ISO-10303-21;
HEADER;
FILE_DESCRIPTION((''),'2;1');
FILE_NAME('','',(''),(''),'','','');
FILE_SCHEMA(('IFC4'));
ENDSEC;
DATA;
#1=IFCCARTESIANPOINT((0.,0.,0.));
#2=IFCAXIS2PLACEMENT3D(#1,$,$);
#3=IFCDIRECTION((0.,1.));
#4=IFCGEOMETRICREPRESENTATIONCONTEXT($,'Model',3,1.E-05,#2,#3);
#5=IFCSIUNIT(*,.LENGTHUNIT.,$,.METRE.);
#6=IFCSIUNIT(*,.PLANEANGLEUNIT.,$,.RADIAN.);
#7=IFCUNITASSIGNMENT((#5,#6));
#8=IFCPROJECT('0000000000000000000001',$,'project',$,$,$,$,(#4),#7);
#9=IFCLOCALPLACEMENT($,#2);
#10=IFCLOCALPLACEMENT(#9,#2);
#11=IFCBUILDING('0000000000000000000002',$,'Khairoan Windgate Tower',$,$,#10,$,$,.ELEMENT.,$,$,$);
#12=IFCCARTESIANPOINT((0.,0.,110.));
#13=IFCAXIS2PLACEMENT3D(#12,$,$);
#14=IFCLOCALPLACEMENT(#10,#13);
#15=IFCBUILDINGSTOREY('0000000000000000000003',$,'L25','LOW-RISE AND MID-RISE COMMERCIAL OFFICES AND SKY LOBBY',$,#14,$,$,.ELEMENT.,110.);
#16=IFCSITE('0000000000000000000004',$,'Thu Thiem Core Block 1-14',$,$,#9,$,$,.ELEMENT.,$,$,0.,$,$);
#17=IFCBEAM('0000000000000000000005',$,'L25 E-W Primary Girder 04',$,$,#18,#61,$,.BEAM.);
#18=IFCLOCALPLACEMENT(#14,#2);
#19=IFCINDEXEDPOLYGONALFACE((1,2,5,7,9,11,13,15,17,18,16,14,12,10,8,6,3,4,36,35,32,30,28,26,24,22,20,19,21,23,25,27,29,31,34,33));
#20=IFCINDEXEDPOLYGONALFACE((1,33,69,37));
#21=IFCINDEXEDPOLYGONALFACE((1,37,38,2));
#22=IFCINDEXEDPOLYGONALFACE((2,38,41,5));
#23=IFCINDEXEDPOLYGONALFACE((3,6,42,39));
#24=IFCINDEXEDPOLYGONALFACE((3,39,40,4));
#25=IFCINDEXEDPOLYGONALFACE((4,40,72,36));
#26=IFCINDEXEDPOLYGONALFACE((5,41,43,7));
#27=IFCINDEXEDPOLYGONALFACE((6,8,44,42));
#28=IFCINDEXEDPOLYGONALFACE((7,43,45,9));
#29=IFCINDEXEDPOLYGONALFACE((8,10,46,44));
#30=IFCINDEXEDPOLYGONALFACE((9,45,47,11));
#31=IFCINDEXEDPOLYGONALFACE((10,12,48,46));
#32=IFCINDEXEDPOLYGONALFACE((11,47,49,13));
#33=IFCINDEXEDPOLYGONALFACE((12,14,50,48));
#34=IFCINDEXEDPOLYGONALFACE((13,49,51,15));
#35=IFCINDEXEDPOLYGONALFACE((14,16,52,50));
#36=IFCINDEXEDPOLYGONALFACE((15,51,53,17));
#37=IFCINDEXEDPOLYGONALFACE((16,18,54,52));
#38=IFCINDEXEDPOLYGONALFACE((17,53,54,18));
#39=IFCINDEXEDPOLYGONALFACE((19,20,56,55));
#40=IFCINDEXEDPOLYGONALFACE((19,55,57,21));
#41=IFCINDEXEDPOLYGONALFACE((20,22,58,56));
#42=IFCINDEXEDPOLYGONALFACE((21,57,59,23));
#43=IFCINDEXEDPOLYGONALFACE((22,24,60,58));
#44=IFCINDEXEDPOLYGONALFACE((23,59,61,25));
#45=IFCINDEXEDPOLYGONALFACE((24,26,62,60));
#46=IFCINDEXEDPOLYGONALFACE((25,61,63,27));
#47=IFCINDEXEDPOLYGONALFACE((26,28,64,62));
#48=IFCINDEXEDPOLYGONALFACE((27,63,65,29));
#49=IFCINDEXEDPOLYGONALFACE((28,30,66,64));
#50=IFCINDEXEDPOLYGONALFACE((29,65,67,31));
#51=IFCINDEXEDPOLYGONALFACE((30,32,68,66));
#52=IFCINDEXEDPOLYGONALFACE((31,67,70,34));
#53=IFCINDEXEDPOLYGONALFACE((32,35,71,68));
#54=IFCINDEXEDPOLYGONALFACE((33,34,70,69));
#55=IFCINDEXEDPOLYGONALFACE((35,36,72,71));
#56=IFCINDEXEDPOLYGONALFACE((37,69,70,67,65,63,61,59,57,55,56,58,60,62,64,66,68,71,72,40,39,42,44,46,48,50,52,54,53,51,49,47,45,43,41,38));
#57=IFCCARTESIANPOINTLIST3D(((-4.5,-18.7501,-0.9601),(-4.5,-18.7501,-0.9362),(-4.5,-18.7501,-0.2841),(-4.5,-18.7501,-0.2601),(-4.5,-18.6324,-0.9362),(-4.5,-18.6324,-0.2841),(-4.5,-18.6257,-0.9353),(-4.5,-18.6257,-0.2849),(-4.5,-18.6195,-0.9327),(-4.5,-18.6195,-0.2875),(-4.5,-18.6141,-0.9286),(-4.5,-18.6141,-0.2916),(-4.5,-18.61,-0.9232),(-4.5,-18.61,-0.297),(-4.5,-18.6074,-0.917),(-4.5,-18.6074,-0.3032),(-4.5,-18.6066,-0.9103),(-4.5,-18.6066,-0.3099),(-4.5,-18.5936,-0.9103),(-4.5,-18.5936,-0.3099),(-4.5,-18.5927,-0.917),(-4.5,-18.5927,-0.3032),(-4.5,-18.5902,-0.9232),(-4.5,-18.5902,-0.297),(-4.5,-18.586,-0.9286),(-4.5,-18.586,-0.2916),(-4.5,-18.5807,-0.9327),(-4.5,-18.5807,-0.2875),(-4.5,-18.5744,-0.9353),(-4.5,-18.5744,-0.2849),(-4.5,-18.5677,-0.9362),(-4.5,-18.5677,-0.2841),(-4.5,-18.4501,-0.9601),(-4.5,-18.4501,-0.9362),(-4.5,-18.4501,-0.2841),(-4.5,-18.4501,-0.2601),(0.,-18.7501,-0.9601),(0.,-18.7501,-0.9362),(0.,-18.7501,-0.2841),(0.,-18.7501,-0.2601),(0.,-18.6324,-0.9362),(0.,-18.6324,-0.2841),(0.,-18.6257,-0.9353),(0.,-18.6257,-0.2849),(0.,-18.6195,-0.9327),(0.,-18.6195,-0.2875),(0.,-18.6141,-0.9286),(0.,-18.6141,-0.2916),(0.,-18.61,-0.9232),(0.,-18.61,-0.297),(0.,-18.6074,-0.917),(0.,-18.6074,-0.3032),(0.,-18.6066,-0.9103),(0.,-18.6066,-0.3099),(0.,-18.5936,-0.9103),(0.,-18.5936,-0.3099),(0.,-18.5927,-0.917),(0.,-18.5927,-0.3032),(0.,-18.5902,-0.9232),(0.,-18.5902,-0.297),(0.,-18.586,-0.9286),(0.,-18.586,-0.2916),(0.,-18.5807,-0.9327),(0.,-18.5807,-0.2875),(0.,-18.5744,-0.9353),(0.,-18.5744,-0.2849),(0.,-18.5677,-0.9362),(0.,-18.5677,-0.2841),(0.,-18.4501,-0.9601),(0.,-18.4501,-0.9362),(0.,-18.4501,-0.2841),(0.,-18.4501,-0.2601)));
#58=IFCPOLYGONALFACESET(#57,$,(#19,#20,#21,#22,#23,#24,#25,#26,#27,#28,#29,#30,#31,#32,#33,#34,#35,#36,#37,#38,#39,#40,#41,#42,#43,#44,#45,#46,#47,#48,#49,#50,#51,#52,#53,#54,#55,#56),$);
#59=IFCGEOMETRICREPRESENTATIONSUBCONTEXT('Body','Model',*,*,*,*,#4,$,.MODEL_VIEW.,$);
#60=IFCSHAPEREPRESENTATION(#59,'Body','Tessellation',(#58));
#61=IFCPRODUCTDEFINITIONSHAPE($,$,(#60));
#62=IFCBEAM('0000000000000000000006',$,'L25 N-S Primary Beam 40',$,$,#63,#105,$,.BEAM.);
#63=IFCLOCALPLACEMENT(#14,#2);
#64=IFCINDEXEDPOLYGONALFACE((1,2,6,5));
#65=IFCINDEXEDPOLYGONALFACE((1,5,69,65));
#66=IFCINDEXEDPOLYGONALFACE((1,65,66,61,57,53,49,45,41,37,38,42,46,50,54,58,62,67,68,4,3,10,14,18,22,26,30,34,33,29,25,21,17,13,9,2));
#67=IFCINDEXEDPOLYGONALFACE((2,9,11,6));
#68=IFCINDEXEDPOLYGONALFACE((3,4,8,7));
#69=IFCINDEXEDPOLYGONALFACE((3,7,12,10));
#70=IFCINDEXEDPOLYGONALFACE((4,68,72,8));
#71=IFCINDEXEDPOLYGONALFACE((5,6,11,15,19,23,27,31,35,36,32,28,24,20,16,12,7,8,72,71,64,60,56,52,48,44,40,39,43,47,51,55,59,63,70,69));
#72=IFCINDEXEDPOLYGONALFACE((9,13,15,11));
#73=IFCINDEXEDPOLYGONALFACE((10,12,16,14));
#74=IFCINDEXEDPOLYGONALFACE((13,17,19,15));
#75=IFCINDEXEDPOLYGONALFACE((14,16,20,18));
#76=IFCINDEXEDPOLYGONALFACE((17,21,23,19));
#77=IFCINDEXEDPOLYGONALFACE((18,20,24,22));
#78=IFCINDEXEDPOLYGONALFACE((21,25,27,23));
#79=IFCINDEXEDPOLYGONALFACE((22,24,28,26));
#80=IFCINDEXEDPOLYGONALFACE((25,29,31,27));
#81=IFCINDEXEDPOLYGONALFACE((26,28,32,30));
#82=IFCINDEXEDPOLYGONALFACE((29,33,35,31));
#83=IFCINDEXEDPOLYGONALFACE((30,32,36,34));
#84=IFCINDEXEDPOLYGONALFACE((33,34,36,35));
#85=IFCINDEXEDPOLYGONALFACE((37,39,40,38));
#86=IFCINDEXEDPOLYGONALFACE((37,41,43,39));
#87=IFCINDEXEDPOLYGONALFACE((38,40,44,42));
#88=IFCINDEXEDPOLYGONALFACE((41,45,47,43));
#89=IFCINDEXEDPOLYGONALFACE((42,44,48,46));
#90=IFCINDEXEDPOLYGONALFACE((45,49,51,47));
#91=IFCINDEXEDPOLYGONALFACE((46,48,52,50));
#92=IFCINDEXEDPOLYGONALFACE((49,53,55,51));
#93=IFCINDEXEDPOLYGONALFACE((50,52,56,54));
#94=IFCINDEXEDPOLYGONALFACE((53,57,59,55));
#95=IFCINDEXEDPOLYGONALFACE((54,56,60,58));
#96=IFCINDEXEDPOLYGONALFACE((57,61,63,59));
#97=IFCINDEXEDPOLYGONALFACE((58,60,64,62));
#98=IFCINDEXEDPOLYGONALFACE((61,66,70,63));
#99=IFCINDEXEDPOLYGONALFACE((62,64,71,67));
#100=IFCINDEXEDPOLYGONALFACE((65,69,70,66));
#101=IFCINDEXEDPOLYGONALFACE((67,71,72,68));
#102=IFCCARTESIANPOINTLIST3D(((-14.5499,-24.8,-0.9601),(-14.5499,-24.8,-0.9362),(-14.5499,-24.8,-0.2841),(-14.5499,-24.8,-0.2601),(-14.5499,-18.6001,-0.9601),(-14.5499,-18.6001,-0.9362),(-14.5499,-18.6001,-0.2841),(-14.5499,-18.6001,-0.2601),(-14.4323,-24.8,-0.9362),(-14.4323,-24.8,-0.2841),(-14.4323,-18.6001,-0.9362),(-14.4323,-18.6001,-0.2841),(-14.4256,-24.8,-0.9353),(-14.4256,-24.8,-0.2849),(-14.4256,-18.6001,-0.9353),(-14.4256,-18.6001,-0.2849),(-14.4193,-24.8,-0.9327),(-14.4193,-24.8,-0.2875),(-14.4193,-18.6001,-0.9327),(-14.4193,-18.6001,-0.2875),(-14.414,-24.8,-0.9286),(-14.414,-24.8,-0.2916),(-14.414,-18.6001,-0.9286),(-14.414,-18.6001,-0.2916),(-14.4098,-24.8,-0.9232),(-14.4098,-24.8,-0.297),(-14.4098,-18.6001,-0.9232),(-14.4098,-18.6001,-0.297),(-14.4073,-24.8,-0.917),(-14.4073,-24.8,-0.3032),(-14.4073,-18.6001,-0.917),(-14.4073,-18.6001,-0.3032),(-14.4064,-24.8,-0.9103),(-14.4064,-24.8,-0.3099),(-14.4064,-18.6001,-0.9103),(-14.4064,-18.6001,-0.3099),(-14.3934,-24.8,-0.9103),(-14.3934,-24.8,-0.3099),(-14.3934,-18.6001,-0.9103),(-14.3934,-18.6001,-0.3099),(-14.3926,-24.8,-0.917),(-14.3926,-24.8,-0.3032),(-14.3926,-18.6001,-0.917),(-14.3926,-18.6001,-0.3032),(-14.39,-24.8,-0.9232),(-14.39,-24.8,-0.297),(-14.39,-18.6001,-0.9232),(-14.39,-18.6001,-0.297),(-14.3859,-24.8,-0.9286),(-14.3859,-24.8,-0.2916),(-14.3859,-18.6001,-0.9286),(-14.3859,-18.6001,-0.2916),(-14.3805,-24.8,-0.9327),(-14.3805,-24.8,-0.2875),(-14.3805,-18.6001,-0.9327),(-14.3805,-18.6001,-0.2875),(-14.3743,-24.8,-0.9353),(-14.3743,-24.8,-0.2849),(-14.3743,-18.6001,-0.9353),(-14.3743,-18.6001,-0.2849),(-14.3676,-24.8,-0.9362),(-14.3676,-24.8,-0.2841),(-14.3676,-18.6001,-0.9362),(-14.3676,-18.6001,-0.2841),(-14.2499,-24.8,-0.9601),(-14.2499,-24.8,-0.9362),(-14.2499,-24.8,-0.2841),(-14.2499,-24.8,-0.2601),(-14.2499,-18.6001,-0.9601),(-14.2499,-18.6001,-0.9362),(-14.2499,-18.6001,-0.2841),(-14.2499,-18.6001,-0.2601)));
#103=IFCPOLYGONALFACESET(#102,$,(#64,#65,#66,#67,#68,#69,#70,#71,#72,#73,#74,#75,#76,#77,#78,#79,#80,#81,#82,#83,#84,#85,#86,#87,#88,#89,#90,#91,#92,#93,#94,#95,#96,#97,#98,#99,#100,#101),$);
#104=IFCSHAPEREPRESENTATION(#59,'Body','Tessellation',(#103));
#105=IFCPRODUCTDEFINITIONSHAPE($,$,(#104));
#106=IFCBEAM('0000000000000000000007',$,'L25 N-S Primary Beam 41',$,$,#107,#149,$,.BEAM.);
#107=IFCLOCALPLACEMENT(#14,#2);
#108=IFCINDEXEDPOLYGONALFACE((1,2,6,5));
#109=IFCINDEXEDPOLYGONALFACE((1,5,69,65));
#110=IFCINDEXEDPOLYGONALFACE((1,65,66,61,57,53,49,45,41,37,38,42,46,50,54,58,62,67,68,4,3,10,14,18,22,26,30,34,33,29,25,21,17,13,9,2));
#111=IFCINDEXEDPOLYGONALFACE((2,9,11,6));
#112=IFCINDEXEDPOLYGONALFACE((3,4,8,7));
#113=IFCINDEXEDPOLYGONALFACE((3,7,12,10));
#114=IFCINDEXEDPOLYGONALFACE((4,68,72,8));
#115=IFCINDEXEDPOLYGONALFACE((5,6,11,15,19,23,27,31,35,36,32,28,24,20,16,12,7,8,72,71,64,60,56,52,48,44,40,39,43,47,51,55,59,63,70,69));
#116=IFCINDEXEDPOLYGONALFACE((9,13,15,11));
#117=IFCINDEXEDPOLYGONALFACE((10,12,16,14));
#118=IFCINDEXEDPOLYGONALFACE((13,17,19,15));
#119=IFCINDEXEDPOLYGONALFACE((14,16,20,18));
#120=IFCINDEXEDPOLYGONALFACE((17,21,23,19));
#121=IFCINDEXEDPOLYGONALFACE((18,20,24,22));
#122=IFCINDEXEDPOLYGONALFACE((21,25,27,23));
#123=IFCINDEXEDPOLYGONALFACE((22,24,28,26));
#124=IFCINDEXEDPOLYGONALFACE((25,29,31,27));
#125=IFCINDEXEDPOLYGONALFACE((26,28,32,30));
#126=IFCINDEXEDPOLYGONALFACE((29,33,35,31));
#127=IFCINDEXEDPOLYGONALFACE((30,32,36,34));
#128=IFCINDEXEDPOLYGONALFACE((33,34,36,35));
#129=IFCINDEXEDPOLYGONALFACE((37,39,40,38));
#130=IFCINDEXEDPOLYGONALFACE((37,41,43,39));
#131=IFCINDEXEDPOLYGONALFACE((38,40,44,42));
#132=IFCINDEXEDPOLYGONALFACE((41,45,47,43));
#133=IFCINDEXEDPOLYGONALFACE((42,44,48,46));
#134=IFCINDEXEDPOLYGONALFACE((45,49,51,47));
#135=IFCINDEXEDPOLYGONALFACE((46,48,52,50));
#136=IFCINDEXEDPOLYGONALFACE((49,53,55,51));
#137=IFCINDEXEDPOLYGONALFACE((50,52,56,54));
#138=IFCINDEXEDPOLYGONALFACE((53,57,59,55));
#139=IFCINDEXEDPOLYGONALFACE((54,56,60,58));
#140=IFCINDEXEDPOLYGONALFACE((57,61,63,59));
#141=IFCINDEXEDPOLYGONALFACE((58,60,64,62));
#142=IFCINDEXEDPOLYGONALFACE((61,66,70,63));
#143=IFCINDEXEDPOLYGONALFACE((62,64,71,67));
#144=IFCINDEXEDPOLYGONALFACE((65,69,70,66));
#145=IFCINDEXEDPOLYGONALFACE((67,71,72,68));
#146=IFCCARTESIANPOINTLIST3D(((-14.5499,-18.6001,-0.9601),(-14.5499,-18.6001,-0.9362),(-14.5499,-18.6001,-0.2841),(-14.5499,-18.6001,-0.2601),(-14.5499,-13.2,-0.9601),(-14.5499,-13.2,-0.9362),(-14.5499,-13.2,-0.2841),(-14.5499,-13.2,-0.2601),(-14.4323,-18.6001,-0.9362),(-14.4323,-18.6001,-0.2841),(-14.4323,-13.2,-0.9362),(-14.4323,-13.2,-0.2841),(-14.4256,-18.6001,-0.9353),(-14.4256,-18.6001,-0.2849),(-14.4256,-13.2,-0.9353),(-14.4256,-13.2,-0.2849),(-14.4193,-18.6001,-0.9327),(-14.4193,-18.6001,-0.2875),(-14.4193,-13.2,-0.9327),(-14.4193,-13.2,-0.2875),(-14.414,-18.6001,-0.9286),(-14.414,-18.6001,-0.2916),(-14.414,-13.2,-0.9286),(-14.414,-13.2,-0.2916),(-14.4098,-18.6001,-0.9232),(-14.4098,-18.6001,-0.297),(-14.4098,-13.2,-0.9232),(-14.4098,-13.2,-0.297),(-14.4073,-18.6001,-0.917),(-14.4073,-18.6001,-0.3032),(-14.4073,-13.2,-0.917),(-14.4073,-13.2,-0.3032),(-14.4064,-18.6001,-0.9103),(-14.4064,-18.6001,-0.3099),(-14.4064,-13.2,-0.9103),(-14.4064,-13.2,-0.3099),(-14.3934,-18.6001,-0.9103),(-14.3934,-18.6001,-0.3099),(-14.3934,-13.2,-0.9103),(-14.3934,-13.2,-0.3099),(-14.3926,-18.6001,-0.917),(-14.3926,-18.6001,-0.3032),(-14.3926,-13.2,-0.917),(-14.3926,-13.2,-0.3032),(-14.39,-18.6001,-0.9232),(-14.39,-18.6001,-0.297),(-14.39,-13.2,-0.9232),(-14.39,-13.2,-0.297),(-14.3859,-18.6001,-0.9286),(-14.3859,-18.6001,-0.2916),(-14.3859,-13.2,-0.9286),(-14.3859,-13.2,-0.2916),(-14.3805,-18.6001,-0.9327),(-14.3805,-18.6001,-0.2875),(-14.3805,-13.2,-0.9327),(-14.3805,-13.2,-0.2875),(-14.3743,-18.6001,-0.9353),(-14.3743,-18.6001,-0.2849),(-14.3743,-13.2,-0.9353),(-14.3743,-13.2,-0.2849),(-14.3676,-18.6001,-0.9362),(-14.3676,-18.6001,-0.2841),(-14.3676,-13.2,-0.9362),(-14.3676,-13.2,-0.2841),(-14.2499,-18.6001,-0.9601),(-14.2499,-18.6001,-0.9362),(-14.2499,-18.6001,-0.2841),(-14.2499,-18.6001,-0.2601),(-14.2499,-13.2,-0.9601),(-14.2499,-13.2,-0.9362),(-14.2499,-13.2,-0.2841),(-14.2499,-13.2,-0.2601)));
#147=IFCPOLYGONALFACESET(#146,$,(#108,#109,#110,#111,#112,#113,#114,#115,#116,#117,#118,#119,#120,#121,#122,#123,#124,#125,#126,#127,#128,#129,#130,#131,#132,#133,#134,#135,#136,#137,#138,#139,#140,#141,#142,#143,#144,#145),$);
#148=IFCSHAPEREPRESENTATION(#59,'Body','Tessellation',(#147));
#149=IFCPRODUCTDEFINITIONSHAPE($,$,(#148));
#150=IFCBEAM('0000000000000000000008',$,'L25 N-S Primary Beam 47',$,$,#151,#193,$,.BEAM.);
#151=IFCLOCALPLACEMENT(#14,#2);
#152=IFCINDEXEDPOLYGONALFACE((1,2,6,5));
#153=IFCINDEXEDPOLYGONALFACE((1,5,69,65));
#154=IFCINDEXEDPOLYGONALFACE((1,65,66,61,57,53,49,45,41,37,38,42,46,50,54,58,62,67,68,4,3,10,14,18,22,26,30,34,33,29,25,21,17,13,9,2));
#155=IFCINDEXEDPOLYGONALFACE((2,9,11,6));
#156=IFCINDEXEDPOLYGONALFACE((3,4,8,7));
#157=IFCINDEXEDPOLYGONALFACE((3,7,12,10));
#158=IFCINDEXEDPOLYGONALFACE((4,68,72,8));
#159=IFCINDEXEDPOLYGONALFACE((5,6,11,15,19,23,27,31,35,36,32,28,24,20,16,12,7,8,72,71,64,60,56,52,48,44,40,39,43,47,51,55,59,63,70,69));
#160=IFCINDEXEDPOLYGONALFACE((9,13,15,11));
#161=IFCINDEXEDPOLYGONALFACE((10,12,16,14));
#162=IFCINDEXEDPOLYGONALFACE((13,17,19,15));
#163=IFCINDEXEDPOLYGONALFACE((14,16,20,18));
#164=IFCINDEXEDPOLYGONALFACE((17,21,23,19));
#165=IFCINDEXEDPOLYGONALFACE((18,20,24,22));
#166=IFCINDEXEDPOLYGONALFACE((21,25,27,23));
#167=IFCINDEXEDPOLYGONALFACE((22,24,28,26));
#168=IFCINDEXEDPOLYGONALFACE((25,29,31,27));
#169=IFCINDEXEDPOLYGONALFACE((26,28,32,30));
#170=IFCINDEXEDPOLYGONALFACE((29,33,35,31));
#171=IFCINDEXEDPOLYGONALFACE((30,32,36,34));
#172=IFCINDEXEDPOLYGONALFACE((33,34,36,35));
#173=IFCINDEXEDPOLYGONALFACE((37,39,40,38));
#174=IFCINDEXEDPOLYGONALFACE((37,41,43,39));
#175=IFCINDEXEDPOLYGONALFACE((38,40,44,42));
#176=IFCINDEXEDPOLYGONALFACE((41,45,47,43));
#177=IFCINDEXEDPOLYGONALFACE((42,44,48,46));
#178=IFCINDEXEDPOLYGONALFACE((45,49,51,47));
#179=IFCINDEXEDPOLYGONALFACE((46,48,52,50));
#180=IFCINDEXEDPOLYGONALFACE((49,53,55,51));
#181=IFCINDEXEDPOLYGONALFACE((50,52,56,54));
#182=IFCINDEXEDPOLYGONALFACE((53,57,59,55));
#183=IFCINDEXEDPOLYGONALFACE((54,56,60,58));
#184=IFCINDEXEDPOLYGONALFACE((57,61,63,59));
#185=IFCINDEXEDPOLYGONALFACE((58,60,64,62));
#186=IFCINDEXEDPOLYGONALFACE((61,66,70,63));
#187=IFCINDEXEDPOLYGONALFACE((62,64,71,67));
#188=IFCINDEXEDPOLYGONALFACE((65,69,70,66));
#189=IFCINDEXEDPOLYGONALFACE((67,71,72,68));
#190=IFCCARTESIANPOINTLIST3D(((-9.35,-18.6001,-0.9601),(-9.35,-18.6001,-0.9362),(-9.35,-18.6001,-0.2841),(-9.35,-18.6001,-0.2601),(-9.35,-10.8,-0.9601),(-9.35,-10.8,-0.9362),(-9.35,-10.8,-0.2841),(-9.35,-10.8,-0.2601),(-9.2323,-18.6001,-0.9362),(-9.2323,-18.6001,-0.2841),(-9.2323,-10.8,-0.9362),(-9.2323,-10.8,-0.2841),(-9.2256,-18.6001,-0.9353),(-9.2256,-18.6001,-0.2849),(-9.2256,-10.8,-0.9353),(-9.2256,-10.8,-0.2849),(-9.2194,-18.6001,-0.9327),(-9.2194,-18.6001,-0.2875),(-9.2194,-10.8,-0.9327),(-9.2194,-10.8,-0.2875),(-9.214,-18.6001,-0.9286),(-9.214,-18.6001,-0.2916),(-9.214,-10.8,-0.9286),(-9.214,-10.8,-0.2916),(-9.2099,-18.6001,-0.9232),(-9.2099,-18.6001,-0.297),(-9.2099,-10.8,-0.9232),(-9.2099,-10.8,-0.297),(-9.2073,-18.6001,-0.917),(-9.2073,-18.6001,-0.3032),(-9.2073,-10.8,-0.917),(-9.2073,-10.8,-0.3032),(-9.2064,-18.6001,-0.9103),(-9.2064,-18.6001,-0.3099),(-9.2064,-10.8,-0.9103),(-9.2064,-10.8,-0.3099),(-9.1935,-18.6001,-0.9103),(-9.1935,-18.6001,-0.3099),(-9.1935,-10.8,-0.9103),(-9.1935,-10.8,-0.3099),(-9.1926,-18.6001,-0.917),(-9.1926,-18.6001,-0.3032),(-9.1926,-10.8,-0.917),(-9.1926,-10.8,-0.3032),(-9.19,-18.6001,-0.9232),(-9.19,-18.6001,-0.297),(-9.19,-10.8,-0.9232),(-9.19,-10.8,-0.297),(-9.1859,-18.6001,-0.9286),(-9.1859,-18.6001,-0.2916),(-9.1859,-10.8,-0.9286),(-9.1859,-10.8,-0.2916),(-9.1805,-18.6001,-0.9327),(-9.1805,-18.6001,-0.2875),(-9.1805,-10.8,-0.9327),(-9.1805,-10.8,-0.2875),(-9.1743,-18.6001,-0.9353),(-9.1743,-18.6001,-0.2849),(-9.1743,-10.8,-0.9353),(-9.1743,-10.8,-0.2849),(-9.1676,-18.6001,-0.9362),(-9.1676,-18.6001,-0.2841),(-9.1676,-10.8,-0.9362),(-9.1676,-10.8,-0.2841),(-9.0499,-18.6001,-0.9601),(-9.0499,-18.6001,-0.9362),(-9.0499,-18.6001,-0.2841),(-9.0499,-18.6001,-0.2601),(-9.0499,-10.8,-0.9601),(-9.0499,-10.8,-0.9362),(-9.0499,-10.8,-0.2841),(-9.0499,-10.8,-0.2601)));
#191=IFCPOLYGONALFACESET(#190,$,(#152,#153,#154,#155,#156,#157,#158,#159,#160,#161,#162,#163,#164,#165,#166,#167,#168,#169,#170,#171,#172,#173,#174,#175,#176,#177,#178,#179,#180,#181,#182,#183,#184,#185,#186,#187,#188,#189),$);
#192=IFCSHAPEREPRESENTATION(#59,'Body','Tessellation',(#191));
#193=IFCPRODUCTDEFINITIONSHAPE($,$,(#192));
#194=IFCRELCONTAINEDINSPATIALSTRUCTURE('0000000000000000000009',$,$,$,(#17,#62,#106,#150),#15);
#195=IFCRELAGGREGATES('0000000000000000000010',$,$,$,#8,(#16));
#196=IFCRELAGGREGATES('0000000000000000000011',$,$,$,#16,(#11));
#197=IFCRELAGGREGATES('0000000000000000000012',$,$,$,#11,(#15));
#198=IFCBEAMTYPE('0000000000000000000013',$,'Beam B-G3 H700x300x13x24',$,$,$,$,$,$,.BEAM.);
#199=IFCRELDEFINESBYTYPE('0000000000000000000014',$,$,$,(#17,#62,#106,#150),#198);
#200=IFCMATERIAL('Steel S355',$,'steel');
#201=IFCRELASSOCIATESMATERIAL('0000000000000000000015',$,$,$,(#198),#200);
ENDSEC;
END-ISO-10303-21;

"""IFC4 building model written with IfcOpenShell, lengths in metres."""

from ifc_helpers import new_model, si_unit, direction, frame, origin, origin_2d, place, context, subcontext, project, spatial, i_section, extrude, material, material_profile, profile_set, type_object, element, save


model = new_model("IFC4")

# Units and contexts
model_context = context("Model", 3, precision=1e-05, world=origin(), true_north=direction((0.0, 1.0)))
body_context = subcontext(model_context, "Body", "Model", "MODEL_VIEW")
ifc_project = project(units=[si_unit("LENGTHUNIT", "METRE"), si_unit("PLANEANGLEUNIT", "RADIAN")], contexts=[model_context])

# Site, building, storey
site_placement = place(None, origin())
site = spatial("IfcSite", under=ifc_project, at=site_placement, Name="Thu Thiem Core Block 1-14", CompositionType="ELEMENT", RefElevation=0.0)
building_placement = place(site_placement, origin())
building = spatial("IfcBuilding", under=site, at=building_placement, Name="Khairoan Windgate Tower", CompositionType="ELEMENT")
storey_placement = place(building_placement, frame((0.0, 0.0, 110.0)))
storey = spatial("IfcBuildingStorey", under=building, at=storey_placement, Name="L25", Description="LOW-RISE AND MID-RISE COMMERCIAL OFFICES AND SKY LOBBY", CompositionType="ELEMENT", Elevation=110.0)

# Beams
ifc_material_1 = material(Name="Steel S355", Category="steel")
ifc_material_profile_1 = material_profile(ifc_material_1, i_section(OverallWidth=0.3, OverallDepth=0.7, WebThickness=0.0129, FlangeThickness=0.0239, FilletRadius=0.0259, at=origin_2d()))
ifc_profile_set_1 = profile_set([ifc_material_profile_1], Name="Steel S355")
beam_type_1 = type_object("IfcBeamType", Name="Beam B-G3 H700x300x13x24", PredefinedType="BEAM", material=ifc_profile_set_1)
beam_1_placement = place(storey_placement, frame((-4.5, -18.6001, -0.6101), z_axis=(1.0, 0.0, 0.0), x_axis=(0.0, 1.0, 0.0)))
element("IfcBeam", 1, at=beam_1_placement, inside=storey, type_object=beam_type_1, Name="L25 E-W Primary Girder 04", PredefinedType="BEAM", context=body_context, shape_type="SweptSolid", body=[
    extrude(i_section(OverallWidth=0.3, OverallDepth=0.7, WebThickness=0.0129, FlangeThickness=0.0239, FilletRadius=0.0259, at=origin_2d()), origin(), (0.0, 0.0, 1.0), 4.5),
])
beam_2_placement = place(storey_placement, frame((-14.3999, -24.8, -0.6101), z_axis=(0.0, 1.0, 0.0), x_axis=(-1.0, 0.0, 0.0)))
element("IfcBeam", 2, at=beam_2_placement, inside=storey, type_object=beam_type_1, Name="L25 N-S Primary Beam 40", PredefinedType="BEAM", context=body_context, shape_type="SweptSolid", body=[
    extrude(i_section(OverallWidth=0.3, OverallDepth=0.7, WebThickness=0.0129, FlangeThickness=0.0239, FilletRadius=0.0259, at=origin_2d()), origin(), (0.0, 0.0, 1.0), 6.2),
])
beam_3_placement = place(storey_placement, frame((-14.3999, -18.6001, -0.6101), z_axis=(0.0, 1.0, 0.0), x_axis=(-1.0, 0.0, 0.0)))
element("IfcBeam", 3, at=beam_3_placement, inside=storey, type_object=beam_type_1, Name="L25 N-S Primary Beam 41", PredefinedType="BEAM", context=body_context, shape_type="SweptSolid", body=[
    extrude(i_section(OverallWidth=0.3, OverallDepth=0.7, WebThickness=0.0129, FlangeThickness=0.0239, FilletRadius=0.0259, at=origin_2d()), origin(), (0.0, 0.0, 1.0), 5.4001),
])
beam_4_placement = place(storey_placement, frame((-9.2, -18.6001, -0.6101), z_axis=(0.0, 1.0, 0.0), x_axis=(-1.0, 0.0, 0.0)))
element("IfcBeam", 4, at=beam_4_placement, inside=storey, type_object=beam_type_1, Name="L25 N-S Primary Beam 47", PredefinedType="BEAM", context=body_context, shape_type="SweptSolid", body=[
    extrude(i_section(OverallWidth=0.3, OverallDepth=0.7, WebThickness=0.0129, FlangeThickness=0.0239, FilletRadius=0.0259, at=origin_2d()), origin(), (0.0, 0.0, 1.0), 7.8),
])

save(model, "model.ifc")
